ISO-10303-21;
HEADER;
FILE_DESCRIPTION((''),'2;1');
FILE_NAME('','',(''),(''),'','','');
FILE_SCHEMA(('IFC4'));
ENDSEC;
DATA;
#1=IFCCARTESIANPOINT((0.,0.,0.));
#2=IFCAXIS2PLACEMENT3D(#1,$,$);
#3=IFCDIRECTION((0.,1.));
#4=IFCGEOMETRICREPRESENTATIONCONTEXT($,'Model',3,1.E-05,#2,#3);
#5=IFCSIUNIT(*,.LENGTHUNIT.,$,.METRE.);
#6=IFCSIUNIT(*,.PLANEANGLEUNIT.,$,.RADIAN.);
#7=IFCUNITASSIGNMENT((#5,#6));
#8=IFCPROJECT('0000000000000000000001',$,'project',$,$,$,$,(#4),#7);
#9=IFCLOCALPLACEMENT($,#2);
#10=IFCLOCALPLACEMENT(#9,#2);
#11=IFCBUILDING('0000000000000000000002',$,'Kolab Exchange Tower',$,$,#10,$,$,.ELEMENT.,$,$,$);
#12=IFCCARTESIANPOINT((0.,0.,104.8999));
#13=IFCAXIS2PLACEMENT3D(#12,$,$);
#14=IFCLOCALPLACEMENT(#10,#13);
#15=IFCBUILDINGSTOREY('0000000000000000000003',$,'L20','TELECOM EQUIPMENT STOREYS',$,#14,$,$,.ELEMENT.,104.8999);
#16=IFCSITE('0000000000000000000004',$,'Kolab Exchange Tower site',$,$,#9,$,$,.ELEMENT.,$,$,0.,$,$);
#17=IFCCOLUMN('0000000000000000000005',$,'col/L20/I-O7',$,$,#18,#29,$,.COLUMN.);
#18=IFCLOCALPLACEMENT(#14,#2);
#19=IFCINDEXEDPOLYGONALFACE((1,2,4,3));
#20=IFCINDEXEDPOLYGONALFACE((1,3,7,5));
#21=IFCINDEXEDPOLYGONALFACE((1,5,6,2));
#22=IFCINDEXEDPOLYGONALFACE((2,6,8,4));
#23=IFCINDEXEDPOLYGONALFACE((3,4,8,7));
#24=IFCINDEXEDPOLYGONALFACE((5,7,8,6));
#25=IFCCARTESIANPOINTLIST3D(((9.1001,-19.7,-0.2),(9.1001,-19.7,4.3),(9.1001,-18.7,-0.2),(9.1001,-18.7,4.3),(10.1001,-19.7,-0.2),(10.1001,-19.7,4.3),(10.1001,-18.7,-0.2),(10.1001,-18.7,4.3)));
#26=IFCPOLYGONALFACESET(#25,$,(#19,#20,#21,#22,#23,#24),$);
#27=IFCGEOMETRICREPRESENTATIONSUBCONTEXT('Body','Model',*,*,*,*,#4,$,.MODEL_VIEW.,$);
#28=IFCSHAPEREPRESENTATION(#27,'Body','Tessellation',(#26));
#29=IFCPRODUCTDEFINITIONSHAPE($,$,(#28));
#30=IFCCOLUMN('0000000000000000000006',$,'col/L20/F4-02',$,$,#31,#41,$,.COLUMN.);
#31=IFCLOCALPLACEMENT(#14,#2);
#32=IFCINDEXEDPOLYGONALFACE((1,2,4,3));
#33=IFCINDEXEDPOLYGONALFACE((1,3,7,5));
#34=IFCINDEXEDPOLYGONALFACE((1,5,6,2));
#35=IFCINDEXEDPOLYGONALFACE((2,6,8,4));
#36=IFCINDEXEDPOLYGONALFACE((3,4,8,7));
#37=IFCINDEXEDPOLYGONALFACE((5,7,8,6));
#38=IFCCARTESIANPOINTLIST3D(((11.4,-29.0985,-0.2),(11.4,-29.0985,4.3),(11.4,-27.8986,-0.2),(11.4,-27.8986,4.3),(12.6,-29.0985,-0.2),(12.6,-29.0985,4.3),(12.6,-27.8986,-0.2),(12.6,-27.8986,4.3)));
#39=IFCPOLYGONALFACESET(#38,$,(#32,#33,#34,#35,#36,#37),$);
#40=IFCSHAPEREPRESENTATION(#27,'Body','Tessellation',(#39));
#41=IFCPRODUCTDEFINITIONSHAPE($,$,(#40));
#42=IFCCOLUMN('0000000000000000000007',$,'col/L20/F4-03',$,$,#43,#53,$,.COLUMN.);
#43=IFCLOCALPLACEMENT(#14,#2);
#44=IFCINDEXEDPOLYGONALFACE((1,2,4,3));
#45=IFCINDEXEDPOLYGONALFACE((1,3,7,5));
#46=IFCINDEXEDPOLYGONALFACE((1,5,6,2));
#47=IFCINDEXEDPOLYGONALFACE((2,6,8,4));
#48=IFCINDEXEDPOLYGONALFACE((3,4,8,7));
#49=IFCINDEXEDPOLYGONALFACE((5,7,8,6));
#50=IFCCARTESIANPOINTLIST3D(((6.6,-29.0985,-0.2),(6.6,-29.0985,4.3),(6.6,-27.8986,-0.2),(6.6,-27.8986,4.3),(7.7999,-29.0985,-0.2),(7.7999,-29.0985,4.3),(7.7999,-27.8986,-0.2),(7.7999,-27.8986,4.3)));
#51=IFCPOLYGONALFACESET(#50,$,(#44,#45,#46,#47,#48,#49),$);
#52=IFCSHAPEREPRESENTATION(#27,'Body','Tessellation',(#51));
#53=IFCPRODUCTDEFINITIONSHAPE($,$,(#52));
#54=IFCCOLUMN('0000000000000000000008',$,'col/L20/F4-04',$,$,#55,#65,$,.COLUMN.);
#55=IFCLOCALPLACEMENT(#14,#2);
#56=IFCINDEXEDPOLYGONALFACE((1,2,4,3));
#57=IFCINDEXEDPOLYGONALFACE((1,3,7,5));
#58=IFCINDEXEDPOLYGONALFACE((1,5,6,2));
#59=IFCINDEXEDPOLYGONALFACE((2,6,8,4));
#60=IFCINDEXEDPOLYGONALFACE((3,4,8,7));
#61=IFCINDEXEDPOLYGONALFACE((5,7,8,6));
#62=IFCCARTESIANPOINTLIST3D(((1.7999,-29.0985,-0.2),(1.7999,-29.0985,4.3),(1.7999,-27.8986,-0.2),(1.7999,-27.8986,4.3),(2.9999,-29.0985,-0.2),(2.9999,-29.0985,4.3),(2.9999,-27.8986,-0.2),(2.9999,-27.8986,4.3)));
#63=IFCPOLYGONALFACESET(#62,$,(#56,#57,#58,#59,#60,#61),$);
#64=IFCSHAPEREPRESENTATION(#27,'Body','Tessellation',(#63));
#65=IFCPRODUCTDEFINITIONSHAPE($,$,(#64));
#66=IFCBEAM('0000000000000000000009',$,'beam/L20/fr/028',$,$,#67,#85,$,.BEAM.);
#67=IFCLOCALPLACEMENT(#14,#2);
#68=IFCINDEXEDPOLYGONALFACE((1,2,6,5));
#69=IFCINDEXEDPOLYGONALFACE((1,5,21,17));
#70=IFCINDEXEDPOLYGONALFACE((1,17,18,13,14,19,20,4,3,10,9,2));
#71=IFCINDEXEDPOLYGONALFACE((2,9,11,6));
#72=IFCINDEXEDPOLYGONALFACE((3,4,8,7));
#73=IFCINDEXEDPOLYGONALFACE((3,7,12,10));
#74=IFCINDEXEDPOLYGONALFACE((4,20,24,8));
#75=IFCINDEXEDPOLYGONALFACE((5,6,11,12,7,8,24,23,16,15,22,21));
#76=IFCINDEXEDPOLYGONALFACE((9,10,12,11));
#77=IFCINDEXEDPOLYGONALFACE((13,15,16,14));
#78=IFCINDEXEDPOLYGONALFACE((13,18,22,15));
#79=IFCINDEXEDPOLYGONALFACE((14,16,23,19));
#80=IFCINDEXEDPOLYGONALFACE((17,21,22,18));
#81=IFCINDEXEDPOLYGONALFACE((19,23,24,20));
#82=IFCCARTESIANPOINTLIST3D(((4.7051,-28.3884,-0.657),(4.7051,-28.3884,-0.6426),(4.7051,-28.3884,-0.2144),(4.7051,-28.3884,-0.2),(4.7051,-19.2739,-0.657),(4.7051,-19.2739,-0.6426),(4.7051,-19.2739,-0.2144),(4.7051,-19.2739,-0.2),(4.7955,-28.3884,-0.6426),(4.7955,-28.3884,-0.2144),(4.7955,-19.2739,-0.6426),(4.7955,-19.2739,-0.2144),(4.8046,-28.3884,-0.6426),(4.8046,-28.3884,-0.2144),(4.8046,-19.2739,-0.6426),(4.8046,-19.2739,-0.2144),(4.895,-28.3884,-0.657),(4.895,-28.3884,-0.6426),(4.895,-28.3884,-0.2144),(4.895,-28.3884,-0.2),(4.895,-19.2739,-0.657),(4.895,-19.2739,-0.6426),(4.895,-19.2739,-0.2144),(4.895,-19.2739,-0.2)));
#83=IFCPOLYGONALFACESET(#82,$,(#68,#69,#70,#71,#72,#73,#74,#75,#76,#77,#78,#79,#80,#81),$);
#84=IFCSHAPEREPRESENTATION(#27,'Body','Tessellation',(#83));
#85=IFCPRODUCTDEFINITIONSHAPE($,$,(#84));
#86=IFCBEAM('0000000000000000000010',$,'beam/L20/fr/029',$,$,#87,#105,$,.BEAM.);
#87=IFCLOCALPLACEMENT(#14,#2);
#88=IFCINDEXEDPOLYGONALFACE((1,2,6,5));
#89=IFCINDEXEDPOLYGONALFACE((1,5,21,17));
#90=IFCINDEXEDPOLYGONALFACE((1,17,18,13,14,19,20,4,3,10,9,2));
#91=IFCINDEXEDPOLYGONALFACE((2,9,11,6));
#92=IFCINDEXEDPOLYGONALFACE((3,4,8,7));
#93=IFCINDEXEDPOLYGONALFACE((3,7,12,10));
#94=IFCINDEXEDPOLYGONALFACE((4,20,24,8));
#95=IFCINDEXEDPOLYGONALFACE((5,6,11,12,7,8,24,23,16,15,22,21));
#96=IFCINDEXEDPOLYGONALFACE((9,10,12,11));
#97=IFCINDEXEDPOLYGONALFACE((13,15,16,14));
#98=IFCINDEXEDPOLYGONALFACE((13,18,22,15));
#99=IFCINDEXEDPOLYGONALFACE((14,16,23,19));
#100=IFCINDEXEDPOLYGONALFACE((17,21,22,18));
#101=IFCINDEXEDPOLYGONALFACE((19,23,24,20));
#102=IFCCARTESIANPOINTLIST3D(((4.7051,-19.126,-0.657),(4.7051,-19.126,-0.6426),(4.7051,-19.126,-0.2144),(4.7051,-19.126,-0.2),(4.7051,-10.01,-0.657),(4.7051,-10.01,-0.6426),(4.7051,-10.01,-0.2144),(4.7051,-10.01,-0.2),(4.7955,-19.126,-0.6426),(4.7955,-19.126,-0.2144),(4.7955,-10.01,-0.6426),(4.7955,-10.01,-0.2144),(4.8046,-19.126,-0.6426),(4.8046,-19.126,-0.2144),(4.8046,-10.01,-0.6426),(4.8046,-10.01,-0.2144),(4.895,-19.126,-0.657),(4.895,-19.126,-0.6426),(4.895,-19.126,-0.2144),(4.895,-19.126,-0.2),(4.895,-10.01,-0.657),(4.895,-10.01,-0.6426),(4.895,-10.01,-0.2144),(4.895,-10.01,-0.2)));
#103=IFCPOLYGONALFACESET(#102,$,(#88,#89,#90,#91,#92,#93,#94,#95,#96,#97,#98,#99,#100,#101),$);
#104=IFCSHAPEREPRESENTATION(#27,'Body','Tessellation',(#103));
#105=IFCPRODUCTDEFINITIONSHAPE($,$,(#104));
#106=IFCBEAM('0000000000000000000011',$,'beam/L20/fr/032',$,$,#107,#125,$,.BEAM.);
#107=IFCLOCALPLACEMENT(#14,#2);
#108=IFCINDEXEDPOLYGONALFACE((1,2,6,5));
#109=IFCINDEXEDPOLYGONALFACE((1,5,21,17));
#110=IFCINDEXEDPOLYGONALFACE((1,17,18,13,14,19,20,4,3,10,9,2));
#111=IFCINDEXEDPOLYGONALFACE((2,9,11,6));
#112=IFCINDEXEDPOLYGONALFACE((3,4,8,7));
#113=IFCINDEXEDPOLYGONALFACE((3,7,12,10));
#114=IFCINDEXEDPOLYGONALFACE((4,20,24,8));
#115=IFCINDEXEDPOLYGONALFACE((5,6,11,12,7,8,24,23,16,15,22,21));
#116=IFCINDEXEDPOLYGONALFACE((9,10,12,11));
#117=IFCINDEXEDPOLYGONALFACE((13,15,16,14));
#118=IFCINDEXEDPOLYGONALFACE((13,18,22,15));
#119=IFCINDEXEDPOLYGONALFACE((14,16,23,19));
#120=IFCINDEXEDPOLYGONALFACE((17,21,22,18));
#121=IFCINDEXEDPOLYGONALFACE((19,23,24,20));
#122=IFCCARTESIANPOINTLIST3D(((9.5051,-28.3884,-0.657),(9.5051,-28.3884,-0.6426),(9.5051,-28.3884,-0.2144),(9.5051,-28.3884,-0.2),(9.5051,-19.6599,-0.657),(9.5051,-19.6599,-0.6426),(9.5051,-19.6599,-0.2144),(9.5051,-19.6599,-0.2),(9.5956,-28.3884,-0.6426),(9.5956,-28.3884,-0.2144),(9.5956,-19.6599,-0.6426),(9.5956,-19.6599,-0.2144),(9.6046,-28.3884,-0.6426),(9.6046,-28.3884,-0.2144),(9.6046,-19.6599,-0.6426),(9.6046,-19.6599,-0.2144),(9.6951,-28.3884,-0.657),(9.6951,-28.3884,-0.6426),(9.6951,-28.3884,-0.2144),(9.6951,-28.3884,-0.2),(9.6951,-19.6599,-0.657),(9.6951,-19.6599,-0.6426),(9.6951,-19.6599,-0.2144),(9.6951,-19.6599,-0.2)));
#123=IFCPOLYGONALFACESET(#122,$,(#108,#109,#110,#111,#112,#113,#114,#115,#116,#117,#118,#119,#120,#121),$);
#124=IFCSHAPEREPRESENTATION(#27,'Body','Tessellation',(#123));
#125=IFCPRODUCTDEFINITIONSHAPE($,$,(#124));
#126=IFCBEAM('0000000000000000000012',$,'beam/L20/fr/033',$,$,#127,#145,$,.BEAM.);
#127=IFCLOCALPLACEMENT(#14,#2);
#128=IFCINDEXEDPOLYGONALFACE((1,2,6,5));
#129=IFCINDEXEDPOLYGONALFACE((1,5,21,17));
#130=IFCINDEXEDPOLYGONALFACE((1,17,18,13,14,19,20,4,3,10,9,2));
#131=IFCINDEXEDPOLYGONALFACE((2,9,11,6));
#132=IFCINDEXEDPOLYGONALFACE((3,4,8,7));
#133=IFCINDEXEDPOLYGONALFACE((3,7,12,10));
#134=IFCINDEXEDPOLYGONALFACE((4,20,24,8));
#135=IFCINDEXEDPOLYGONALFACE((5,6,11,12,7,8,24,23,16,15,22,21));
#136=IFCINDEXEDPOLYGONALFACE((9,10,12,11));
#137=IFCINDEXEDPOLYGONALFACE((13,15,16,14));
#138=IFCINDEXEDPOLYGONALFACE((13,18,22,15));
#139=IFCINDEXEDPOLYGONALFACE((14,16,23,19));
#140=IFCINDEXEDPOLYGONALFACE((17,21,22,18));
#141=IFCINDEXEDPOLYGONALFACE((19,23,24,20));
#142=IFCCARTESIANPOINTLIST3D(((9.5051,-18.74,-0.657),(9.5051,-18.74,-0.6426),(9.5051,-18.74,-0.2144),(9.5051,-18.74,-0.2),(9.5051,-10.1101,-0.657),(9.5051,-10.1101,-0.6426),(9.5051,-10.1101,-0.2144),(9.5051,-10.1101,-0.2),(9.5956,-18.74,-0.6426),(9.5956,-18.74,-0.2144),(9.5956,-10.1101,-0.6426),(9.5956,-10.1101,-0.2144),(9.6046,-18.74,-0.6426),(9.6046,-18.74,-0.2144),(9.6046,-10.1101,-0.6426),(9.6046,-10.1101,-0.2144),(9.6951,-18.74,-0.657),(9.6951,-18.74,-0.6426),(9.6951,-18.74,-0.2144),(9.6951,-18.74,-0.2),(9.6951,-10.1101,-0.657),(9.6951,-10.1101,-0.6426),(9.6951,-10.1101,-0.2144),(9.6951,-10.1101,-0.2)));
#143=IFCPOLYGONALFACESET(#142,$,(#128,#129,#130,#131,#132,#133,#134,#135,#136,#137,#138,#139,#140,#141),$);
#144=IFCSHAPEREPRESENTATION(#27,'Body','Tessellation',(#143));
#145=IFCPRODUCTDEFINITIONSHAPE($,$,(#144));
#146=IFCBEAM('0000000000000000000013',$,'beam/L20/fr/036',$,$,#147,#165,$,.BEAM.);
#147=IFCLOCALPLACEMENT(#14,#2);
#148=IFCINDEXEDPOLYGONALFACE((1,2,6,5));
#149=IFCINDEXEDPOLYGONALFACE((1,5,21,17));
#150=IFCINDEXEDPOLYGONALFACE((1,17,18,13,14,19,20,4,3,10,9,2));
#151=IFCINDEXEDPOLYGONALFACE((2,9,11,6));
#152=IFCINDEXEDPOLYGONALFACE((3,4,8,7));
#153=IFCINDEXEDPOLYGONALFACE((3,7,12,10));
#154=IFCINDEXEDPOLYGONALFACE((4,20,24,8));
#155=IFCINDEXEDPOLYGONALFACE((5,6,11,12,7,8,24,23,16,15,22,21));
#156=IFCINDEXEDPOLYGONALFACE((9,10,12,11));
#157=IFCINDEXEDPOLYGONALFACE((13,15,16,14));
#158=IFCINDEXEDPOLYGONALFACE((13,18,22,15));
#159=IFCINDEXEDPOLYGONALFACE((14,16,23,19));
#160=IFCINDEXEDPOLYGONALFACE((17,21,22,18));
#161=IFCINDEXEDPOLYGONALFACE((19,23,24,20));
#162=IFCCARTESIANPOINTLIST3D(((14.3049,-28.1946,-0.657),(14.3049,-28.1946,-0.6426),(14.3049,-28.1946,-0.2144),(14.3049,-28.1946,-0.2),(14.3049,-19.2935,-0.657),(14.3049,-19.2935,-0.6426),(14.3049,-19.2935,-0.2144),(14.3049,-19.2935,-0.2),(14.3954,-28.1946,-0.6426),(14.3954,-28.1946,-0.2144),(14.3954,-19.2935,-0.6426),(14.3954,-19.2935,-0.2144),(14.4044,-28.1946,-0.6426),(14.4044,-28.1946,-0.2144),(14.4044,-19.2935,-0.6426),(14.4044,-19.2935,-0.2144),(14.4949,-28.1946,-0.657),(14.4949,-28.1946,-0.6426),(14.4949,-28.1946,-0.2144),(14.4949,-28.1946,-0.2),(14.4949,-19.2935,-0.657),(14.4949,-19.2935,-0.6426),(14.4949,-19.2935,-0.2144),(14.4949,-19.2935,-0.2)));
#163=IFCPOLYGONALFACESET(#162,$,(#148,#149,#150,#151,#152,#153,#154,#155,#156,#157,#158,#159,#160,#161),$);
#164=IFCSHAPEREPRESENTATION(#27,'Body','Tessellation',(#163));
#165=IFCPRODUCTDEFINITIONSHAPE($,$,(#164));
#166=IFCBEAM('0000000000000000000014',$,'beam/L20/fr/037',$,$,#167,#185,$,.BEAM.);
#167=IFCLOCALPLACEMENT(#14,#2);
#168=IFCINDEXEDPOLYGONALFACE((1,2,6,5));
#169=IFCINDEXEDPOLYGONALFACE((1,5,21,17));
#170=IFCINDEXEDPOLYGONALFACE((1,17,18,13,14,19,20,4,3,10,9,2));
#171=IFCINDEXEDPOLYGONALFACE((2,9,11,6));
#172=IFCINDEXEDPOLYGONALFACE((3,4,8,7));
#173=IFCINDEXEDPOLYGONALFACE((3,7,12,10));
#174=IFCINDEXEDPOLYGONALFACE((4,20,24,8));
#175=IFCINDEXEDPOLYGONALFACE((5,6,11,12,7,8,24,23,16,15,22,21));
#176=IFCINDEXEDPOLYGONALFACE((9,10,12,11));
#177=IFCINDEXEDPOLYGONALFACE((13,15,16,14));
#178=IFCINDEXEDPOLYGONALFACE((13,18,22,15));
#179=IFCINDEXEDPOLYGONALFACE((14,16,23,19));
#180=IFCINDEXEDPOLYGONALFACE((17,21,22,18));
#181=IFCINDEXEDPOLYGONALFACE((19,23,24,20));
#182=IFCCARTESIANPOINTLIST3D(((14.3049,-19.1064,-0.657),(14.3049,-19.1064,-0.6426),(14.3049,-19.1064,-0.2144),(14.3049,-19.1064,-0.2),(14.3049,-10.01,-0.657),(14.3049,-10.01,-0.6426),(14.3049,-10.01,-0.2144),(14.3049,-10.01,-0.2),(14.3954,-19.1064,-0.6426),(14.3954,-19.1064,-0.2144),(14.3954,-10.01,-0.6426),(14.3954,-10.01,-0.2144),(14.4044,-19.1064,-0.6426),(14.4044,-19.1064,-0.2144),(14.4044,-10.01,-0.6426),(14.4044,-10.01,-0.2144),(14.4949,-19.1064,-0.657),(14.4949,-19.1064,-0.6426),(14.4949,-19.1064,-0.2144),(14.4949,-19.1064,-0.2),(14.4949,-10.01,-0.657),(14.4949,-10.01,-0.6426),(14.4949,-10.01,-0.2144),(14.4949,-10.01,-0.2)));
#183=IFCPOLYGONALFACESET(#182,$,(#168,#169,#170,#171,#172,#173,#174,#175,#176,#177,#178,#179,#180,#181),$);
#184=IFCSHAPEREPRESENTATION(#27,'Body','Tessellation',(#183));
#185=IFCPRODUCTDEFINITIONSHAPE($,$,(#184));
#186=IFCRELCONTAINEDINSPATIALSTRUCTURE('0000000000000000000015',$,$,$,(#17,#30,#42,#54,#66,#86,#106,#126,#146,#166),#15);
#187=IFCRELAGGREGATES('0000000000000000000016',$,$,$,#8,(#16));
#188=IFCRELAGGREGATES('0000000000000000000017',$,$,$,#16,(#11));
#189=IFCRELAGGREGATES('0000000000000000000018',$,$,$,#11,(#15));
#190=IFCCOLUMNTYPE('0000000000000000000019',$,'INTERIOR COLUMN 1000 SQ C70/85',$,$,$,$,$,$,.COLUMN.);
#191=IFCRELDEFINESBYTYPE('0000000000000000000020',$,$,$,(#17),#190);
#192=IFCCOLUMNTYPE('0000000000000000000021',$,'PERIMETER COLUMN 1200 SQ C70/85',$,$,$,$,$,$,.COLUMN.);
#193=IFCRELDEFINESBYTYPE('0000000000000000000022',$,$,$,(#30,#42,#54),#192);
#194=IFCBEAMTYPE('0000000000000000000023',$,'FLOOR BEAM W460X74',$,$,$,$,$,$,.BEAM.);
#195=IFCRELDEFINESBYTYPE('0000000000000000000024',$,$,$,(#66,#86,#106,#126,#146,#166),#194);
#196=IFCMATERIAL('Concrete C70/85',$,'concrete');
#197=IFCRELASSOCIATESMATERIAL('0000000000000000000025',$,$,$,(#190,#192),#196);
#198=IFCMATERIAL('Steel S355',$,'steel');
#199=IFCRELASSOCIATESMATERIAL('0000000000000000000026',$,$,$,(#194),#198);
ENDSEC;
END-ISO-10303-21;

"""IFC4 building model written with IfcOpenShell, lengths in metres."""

from ifc_helpers import new_model, si_unit, direction, frame, origin, origin_2d, place, context, subcontext, project, spatial, rectangle, i_section, extrude, material, material_profile, profile_set, type_object, element, save


model = new_model("IFC4")

# Units and contexts
model_context = context("Model", 3, precision=1e-05, world=origin(), true_north=direction((0.0, 1.0)))
body_context = subcontext(model_context, "Body", "Model", "MODEL_VIEW")
ifc_project = project(units=[si_unit("LENGTHUNIT", "METRE"), si_unit("PLANEANGLEUNIT", "RADIAN")], contexts=[model_context])

# Site, building, storey
site_placement = place(None, origin())
site = spatial("IfcSite", under=ifc_project, at=site_placement, Name="Kolab Exchange Tower site", CompositionType="ELEMENT", RefElevation=0.0)
building_placement = place(site_placement, origin())
building = spatial("IfcBuilding", under=site, at=building_placement, Name="Kolab Exchange Tower", CompositionType="ELEMENT")
storey_placement = place(building_placement, frame((0.0, 0.0, 104.8999)))
storey = spatial("IfcBuildingStorey", under=building, at=storey_placement, Name="L20", Description="TELECOM EQUIPMENT STOREYS", CompositionType="ELEMENT", Elevation=104.8999)

# Columns
ifc_material_1 = material(Name="Concrete C70/85", Category="concrete")
ifc_material_profile_1 = material_profile(ifc_material_1, rectangle(XDim=1.0, YDim=1.0, at=origin_2d()), Name="RC1000")
ifc_profile_set_1 = profile_set([ifc_material_profile_1], Name="Concrete C70/85")
column_type_1 = type_object("IfcColumnType", Name="INTERIOR COLUMN 1000 SQ C70/85", PredefinedType="COLUMN", material=ifc_profile_set_1)
column_placement = place(storey_placement, frame((9.6001, -19.2, -0.2), z_axis=(0.0, 0.0, 1.0), x_axis=(1.0, 0.0, 0.0)))
element("IfcColumn", 1, at=column_placement, inside=storey, type_object=column_type_1, Name="col/L20/I-O7", PredefinedType="COLUMN", context=body_context, shape_type="SweptSolid", body=[
    extrude(rectangle(XDim=1.0, YDim=1.0, at=origin_2d()), origin(), (0.0, 0.0, 1.0), 4.5),
])
ifc_material_profile_2 = material_profile(ifc_material_1, rectangle(XDim=1.2, YDim=1.2, at=origin_2d()), Name="RC1200")
ifc_profile_set_2 = profile_set([ifc_material_profile_2], Name="Concrete C70/85")
column_type_2 = type_object("IfcColumnType", Name="PERIMETER COLUMN 1200 SQ C70/85", PredefinedType="COLUMN", material=ifc_profile_set_2)
for number, where, z_axis, x_axis, name in (
    (2, (12.0, -28.4985, -0.2), (0.0, 0.0, 1.0), (1.0, 0.0, 0.0), "col/L20/F4-02"),
    (3, (7.2, -28.4985, -0.2), (0.0, 0.0, 1.0), (1.0, 0.0, 0.0), "col/L20/F4-03"),
    (4, (2.3999, -28.4985, -0.2), (0.0, 0.0, 1.0), (1.0, 0.0, 0.0), "col/L20/F4-04"),
):
    element("IfcColumn", number, at=place(storey_placement, frame(where, z_axis=z_axis, x_axis=x_axis)), inside=storey, type_object=column_type_2, Name=name, PredefinedType="COLUMN", context=body_context, shape_type="SweptSolid", body=[
        extrude(rectangle(XDim=1.2, YDim=1.2, at=origin_2d()), origin(), (0.0, 0.0, 1.0), 4.5),
    ])

# Beams
ifc_material_2 = material(Name="Steel S355", Category="steel")
ifc_material_profile_3 = material_profile(ifc_material_2, i_section(OverallWidth=0.1899, OverallDepth=0.457, WebThickness=0.009, FlangeThickness=0.0144, at=origin_2d()), Name="W460X74")
ifc_profile_set_3 = profile_set([ifc_material_profile_3], Name="Steel S355")
beam_type_1 = type_object("IfcBeamType", Name="FLOOR BEAM W460X74", PredefinedType="BEAM", material=ifc_profile_set_3)
beam_1_placement = place(storey_placement, frame((4.8, -28.3884, -0.4285), z_axis=(0.0, 1.0, 0.0), x_axis=(-1.0, 0.0, 0.0)))
element("IfcBeam", 5, at=beam_1_placement, inside=storey, type_object=beam_type_1, Name="beam/L20/fr/028", PredefinedType="BEAM", context=body_context, shape_type="SweptSolid", body=[
    extrude(i_section(OverallWidth=0.1899, OverallDepth=0.457, WebThickness=0.009, FlangeThickness=0.0144, at=origin_2d()), origin(), (0.0, 0.0, 1.0), 9.1145),
])
beam_2_placement = place(storey_placement, frame((4.8, -19.126, -0.4285), z_axis=(0.0, 1.0, 0.0), x_axis=(-1.0, 0.0, 0.0)))
element("IfcBeam", 6, at=beam_2_placement, inside=storey, type_object=beam_type_1, Name="beam/L20/fr/029", PredefinedType="BEAM", context=body_context, shape_type="SweptSolid", body=[
    extrude(i_section(OverallWidth=0.1899, OverallDepth=0.457, WebThickness=0.009, FlangeThickness=0.0144, at=origin_2d()), origin(), (0.0, 0.0, 1.0), 9.116),
])
beam_3_placement = place(storey_placement, frame((9.6001, -28.3884, -0.4285), z_axis=(0.0, 1.0, 0.0), x_axis=(-1.0, 0.0, 0.0)))
element("IfcBeam", 7, at=beam_3_placement, inside=storey, type_object=beam_type_1, Name="beam/L20/fr/032", PredefinedType="BEAM", context=body_context, shape_type="SweptSolid", body=[
    extrude(i_section(OverallWidth=0.1899, OverallDepth=0.457, WebThickness=0.009, FlangeThickness=0.0144, at=origin_2d()), origin(), (0.0, 0.0, 1.0), 8.7285),
])
beam_4_placement = place(storey_placement, frame((9.6001, -18.74, -0.4285), z_axis=(0.0, 1.0, 0.0), x_axis=(-1.0, 0.0, 0.0)))
element("IfcBeam", 8, at=beam_4_placement, inside=storey, type_object=beam_type_1, Name="beam/L20/fr/033", PredefinedType="BEAM", context=body_context, shape_type="SweptSolid", body=[
    extrude(i_section(OverallWidth=0.1899, OverallDepth=0.457, WebThickness=0.009, FlangeThickness=0.0144, at=origin_2d()), origin(), (0.0, 0.0, 1.0), 8.6299),
])
beam_5_placement = place(storey_placement, frame((14.3999, -28.1946, -0.4285), z_axis=(0.0, 1.0, 0.0), x_axis=(-1.0, 0.0, 0.0)))
element("IfcBeam", 9, at=beam_5_placement, inside=storey, type_object=beam_type_1, Name="beam/L20/fr/036", PredefinedType="BEAM", context=body_context, shape_type="SweptSolid", body=[
    extrude(i_section(OverallWidth=0.1899, OverallDepth=0.457, WebThickness=0.009, FlangeThickness=0.0144, at=origin_2d()), origin(), (0.0, 0.0, 1.0), 8.9011),
])
beam_6_placement = place(storey_placement, frame((14.3999, -19.1064, -0.4285), z_axis=(0.0, 1.0, 0.0), x_axis=(-1.0, 0.0, 0.0)))
element("IfcBeam", 10, at=beam_6_placement, inside=storey, type_object=beam_type_1, Name="beam/L20/fr/037", PredefinedType="BEAM", context=body_context, shape_type="SweptSolid", body=[
    extrude(i_section(OverallWidth=0.1899, OverallDepth=0.457, WebThickness=0.009, FlangeThickness=0.0144, at=origin_2d()), origin(), (0.0, 0.0, 1.0), 9.0964),
])

save(model, "model.ifc")
